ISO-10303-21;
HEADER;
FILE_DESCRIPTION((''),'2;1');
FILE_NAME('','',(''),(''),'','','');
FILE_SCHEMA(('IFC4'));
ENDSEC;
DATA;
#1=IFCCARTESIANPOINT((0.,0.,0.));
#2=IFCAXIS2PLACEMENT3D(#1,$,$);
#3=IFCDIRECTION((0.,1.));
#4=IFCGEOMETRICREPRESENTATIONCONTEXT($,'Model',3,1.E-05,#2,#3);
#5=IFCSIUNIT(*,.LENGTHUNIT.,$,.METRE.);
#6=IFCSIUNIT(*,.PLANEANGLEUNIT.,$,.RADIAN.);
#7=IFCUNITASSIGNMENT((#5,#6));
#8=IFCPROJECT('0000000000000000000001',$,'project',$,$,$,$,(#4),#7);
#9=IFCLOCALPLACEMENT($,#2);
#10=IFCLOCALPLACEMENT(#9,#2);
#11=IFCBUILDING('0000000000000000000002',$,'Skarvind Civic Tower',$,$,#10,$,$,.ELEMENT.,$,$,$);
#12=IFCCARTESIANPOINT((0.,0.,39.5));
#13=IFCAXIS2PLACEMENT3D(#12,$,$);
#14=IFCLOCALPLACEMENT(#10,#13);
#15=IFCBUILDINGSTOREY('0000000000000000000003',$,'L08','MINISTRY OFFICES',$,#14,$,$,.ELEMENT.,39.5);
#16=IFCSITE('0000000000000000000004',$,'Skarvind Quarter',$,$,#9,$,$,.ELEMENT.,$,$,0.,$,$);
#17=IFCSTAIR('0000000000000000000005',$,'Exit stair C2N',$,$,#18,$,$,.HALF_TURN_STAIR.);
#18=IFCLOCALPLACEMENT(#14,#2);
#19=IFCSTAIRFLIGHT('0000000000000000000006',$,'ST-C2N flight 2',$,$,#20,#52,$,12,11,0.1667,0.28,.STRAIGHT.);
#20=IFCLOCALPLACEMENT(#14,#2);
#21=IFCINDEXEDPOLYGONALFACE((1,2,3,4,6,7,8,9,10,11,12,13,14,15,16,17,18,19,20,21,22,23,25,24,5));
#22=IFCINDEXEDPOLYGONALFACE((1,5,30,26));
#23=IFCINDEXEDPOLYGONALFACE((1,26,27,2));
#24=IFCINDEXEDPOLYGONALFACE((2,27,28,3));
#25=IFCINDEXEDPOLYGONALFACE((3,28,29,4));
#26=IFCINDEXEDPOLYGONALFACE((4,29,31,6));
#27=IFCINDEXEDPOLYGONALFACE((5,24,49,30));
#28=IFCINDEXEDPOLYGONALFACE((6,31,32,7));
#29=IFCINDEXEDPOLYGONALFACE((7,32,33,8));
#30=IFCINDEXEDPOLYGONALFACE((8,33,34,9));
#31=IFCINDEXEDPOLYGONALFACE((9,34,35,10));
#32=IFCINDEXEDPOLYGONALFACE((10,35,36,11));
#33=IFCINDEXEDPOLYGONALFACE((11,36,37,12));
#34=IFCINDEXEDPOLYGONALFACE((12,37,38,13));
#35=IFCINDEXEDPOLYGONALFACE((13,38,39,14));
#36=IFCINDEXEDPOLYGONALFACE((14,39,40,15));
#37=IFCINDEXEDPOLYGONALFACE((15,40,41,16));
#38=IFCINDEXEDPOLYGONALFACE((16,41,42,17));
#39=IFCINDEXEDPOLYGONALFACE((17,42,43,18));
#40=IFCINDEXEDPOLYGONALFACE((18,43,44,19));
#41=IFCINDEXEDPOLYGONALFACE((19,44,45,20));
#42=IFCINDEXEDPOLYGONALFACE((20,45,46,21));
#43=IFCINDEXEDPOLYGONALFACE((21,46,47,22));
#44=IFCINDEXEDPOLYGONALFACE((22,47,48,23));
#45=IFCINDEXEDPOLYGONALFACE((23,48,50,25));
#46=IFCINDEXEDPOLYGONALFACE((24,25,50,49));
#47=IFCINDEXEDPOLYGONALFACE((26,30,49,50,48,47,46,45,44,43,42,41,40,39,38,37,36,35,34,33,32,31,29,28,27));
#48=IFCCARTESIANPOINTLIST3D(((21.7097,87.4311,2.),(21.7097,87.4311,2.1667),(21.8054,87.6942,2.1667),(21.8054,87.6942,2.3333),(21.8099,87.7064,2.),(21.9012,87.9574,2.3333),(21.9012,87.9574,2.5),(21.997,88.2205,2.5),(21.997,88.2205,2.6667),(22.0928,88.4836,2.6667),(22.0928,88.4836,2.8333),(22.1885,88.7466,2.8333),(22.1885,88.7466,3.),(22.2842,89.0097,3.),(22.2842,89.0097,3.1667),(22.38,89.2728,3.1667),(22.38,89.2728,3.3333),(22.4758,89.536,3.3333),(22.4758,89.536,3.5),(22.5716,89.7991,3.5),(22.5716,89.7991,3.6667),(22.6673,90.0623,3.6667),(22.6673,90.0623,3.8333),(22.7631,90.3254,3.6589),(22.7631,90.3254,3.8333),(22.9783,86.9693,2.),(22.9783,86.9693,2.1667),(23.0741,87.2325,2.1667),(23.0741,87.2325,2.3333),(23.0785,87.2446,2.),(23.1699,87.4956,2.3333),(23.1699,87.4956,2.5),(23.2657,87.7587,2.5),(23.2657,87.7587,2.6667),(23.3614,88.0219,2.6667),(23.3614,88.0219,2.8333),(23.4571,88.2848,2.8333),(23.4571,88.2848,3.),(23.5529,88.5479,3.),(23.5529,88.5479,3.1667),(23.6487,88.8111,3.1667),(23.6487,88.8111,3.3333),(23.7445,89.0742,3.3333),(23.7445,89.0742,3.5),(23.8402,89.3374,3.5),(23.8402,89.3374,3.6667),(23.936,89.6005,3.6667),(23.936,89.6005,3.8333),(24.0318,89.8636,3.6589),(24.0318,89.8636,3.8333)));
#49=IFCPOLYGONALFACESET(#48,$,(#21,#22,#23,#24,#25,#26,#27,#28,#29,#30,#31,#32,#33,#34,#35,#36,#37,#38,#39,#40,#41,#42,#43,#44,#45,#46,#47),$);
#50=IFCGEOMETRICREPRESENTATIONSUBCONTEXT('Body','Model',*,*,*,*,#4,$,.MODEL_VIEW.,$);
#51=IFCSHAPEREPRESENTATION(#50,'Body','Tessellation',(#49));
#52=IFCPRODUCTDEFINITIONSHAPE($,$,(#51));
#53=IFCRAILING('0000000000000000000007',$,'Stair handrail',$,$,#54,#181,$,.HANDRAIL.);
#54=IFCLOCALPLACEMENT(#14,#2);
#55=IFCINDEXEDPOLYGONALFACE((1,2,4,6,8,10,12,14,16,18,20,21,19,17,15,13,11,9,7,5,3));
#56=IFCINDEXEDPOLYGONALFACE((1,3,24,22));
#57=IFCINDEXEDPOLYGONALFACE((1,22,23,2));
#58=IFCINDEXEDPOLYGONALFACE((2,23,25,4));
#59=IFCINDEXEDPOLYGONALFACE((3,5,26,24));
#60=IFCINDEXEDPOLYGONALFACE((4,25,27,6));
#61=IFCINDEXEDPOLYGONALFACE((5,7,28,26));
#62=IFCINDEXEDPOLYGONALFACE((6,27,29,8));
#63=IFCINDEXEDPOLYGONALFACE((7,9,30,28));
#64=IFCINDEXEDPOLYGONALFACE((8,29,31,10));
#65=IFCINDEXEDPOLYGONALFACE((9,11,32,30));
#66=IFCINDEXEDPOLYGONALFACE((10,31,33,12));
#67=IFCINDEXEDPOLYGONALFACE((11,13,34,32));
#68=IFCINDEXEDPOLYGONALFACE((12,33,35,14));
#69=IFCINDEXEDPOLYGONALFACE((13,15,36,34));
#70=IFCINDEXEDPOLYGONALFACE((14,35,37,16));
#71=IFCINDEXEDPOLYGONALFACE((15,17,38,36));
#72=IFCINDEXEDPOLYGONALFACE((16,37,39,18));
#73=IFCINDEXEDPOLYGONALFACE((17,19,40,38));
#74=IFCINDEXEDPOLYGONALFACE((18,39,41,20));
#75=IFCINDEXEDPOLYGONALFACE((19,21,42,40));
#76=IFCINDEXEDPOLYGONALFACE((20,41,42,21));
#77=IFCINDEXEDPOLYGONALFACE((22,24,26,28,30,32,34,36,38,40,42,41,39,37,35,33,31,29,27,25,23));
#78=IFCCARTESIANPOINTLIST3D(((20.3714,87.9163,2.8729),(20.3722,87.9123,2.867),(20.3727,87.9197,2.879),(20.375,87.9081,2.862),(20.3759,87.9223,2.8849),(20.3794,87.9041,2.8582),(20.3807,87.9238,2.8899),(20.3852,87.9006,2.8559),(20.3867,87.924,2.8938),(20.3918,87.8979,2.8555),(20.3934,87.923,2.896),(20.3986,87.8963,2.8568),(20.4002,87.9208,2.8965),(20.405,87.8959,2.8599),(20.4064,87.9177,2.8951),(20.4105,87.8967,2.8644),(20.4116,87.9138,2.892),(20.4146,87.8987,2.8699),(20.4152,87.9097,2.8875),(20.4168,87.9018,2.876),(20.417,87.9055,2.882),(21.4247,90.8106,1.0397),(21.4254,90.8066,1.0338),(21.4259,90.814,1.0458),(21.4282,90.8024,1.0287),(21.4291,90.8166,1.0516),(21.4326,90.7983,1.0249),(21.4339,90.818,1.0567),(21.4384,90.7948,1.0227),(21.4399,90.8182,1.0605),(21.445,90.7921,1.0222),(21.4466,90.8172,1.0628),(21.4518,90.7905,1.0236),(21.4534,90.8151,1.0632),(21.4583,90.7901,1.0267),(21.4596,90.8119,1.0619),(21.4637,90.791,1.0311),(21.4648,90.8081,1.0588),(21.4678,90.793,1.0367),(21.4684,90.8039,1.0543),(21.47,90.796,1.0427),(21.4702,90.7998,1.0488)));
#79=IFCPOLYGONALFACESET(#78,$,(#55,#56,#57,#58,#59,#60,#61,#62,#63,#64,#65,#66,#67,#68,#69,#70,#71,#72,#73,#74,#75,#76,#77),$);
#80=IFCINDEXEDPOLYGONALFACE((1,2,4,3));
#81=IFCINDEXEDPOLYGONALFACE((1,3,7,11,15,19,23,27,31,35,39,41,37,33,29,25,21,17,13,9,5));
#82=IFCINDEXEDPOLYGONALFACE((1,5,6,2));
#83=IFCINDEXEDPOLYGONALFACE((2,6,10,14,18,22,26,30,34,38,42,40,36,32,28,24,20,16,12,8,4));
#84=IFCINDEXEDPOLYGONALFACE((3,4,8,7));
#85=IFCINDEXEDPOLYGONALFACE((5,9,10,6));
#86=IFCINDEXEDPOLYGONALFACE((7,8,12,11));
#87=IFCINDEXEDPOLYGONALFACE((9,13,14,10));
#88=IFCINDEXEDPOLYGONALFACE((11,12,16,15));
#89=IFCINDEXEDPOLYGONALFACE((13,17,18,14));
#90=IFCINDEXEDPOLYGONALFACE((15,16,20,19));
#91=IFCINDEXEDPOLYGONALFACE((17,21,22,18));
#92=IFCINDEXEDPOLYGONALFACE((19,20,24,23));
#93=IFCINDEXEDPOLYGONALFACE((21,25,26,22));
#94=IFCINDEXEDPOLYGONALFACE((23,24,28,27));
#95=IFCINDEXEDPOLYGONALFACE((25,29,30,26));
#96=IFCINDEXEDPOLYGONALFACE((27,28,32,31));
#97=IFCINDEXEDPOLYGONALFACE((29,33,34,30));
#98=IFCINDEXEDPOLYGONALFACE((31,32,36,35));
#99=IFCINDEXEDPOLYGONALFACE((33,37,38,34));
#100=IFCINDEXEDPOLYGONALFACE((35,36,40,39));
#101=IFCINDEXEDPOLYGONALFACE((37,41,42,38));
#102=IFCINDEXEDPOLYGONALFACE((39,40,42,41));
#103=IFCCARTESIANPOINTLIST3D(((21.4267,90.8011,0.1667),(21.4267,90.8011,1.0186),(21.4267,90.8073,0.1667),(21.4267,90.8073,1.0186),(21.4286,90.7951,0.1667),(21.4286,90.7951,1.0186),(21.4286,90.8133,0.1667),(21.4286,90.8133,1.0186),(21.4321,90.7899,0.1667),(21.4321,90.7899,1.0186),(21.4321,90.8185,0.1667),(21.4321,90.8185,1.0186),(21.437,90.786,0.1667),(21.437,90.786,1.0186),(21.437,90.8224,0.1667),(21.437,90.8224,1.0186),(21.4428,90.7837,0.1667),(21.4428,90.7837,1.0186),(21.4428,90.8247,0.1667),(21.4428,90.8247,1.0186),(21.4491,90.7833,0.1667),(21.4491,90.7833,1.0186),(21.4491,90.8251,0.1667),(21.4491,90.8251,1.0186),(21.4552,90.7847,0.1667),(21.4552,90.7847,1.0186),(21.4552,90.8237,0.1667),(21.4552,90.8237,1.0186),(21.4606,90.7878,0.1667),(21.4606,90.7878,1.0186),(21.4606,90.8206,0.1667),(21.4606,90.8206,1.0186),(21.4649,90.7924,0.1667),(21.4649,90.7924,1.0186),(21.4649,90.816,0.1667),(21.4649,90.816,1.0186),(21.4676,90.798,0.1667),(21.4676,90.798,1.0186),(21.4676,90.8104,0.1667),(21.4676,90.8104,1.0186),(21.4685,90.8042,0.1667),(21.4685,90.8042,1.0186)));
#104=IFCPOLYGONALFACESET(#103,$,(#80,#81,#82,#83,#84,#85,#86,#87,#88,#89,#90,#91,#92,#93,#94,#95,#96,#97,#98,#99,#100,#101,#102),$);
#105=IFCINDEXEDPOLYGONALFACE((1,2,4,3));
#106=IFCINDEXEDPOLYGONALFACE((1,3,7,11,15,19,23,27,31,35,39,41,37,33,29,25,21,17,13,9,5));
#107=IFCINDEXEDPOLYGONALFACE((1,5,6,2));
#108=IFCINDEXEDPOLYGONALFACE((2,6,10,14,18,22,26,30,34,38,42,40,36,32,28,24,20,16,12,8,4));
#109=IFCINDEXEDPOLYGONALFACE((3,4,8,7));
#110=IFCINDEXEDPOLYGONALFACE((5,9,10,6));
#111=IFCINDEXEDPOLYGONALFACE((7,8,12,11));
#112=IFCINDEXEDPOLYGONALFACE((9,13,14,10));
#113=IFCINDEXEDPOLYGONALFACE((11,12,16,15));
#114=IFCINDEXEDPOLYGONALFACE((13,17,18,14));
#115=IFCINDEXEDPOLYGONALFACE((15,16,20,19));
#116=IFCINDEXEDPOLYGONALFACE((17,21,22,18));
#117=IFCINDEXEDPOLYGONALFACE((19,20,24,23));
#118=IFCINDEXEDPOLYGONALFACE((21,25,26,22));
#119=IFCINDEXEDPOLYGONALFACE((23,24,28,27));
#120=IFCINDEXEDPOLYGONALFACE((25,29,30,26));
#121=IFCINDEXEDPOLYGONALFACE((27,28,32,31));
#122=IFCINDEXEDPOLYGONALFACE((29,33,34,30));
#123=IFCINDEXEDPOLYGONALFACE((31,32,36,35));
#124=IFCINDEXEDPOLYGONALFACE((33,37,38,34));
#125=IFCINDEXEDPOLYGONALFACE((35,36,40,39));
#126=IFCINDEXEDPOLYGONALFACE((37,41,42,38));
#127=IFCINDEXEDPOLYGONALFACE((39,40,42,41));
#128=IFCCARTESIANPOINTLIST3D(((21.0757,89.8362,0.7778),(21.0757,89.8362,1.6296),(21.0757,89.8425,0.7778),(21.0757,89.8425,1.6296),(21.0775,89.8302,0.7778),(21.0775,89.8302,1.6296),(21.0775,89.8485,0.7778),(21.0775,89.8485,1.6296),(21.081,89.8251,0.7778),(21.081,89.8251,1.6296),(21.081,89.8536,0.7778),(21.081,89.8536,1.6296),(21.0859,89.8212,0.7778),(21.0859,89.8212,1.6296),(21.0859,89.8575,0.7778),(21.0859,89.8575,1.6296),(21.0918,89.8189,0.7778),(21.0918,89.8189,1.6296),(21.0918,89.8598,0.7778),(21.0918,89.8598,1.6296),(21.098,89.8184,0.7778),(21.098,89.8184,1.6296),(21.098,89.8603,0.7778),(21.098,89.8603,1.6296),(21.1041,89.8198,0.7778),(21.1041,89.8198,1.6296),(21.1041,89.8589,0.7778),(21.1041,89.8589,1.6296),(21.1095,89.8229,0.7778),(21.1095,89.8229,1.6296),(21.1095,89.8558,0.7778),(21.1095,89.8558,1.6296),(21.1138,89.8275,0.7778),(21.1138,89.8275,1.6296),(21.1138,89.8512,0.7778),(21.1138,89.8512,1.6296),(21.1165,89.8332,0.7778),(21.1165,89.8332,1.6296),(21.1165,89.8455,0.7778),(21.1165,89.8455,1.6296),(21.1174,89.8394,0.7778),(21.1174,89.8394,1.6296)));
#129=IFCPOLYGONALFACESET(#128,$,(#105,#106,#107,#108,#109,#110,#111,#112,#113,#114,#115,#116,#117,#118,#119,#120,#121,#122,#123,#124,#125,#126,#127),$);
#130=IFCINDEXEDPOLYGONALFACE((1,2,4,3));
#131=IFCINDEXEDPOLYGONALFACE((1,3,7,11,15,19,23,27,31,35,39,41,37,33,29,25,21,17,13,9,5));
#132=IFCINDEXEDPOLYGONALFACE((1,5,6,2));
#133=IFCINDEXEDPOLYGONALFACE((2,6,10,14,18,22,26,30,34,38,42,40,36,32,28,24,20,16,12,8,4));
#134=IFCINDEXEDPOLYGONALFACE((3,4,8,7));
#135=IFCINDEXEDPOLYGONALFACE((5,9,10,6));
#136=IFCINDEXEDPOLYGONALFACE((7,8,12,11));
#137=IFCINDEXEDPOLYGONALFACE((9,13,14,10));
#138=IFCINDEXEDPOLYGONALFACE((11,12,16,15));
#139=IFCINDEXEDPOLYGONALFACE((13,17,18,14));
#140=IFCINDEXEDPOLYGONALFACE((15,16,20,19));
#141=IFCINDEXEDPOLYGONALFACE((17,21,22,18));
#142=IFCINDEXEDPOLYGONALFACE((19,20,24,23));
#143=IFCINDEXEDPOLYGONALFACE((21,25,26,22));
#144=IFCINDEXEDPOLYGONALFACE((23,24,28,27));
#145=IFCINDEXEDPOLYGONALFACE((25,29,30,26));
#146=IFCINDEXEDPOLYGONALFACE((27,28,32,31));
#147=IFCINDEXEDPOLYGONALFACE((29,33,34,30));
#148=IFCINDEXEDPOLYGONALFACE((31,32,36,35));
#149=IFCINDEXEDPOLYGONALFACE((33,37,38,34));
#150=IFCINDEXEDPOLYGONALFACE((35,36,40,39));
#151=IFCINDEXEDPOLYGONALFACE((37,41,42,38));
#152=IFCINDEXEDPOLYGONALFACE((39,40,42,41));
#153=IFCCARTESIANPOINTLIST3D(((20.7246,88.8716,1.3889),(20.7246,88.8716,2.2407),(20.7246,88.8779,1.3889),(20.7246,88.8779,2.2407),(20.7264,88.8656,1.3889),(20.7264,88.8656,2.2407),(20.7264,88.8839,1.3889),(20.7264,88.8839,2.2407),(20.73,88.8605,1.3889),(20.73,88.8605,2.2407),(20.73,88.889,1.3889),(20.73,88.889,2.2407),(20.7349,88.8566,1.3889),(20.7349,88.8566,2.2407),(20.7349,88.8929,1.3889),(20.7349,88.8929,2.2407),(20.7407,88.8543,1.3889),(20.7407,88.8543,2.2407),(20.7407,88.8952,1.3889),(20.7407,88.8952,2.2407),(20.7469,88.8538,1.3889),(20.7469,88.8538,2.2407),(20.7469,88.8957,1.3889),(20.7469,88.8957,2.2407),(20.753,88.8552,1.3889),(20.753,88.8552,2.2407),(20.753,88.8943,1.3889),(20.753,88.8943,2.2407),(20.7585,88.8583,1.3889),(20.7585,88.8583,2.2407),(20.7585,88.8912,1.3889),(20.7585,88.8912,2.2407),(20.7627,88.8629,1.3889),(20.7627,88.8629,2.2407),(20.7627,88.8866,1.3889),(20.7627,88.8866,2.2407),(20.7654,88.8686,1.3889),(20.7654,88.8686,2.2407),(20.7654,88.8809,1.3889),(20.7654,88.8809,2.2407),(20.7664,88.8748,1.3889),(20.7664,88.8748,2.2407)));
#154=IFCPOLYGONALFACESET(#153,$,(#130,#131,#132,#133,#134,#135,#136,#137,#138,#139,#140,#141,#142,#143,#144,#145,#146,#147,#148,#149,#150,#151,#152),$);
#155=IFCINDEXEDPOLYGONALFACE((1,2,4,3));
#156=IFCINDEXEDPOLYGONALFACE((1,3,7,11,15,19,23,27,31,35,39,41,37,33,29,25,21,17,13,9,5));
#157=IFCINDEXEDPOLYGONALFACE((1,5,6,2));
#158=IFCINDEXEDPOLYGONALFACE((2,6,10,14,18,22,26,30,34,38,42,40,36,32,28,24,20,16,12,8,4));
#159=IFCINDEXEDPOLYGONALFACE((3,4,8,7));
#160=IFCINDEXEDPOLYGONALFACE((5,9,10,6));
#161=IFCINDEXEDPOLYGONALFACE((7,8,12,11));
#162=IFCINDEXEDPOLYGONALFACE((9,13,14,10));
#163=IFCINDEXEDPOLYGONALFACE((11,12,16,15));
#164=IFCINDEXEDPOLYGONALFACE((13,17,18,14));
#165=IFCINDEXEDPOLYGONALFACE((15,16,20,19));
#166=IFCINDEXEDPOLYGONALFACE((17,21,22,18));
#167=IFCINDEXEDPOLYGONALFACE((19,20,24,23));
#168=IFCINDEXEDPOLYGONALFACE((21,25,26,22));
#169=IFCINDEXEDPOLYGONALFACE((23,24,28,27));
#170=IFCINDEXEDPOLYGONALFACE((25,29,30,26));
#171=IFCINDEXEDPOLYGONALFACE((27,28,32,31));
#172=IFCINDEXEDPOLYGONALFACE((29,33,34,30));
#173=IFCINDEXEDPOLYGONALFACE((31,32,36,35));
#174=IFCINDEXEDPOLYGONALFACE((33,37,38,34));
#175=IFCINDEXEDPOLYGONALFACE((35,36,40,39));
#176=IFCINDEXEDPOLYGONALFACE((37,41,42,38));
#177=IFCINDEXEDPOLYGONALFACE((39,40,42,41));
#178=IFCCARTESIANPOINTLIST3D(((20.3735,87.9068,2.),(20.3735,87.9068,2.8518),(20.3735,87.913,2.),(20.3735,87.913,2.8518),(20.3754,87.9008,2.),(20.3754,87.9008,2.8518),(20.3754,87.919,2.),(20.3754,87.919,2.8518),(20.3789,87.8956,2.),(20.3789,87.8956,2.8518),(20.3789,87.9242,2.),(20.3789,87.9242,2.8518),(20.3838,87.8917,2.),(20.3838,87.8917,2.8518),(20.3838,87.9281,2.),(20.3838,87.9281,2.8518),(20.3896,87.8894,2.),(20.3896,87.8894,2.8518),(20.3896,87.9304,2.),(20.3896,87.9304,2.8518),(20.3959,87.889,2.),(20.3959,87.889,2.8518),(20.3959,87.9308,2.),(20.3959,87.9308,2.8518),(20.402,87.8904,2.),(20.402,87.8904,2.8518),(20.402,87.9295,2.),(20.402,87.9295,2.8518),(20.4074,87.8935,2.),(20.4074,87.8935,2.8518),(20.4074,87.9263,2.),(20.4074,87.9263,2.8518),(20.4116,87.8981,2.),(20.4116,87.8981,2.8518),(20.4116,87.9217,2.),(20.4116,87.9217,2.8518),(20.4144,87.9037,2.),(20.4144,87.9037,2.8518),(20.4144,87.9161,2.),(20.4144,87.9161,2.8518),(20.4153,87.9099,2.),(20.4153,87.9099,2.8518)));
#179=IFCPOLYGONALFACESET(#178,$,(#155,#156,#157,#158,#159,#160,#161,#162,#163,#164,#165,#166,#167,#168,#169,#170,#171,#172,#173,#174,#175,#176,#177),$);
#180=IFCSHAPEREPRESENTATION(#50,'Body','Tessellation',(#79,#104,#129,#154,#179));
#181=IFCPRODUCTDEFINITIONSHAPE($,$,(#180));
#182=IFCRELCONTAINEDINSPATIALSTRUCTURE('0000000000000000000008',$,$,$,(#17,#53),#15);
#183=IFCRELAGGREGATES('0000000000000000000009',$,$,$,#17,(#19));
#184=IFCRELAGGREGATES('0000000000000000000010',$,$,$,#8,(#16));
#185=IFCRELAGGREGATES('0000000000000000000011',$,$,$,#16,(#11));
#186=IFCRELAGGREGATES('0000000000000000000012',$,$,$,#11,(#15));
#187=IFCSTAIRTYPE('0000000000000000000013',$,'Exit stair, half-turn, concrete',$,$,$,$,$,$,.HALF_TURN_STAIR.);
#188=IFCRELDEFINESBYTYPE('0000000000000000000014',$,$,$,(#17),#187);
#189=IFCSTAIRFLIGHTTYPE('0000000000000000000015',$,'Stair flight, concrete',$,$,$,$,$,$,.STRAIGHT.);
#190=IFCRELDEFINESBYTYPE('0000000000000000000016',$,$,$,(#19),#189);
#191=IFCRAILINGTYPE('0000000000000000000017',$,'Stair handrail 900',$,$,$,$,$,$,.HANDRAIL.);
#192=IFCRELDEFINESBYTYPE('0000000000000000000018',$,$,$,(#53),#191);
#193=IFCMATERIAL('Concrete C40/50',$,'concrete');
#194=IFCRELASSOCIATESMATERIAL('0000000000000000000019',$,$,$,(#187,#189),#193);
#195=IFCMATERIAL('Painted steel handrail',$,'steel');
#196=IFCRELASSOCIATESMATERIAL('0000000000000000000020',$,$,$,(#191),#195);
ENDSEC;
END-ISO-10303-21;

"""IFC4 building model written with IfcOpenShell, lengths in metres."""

from ifc_helpers import new_model, si_unit, direction, frame, origin, origin_2d, place, context, subcontext, project, spatial, polyline, circle, outline, extrude, material, type_object, element, aggregate, save


model = new_model("IFC4")

# Units and contexts
model_context = context("Model", 3, precision=1e-05, world=origin(), true_north=direction((0.0, 1.0)))
body_context = subcontext(model_context, "Body", "Model", "MODEL_VIEW")
ifc_project = project(units=[si_unit("LENGTHUNIT", "METRE"), si_unit("PLANEANGLEUNIT", "RADIAN")], contexts=[model_context])

# Site, building, storey
site_placement = place(None, origin())
site = spatial("IfcSite", under=ifc_project, at=site_placement, Name="Skarvind Quarter", CompositionType="ELEMENT", RefElevation=0.0)
building_placement = place(site_placement, origin())
building = spatial("IfcBuilding", under=site, at=building_placement, Name="Skarvind Civic Tower", CompositionType="ELEMENT")
storey_placement = place(building_placement, frame((0.0, 0.0, 39.5)))
storey = spatial("IfcBuildingStorey", under=building, at=storey_placement, Name="L08", Description="MINISTRY OFFICES", CompositionType="ELEMENT", Elevation=39.5)

# Stair, stair flight
ifc_material_1 = material(Name="Concrete C40/50", Category="concrete")
stair_type = type_object("IfcStairType", Name="Exit stair, half-turn, concrete", PredefinedType="HALF_TURN_STAIR", material=ifc_material_1)
stair_placement = place(storey_placement, origin())
stair = element("IfcStair", 1, at=stair_placement, inside=storey, type_object=stair_type, Name="Exit stair C2N", PredefinedType="HALF_TURN_STAIR")
stair_flight_type = type_object("IfcStairFlightType", Name="Stair flight, concrete", PredefinedType="STRAIGHT", material=ifc_material_1)
stair_flight_1_placement = place(storey_placement, frame((22.344, 87.2002, 2.0), z_axis=(0.0, 0.0, 1.0), x_axis=(0.34202, 0.939693, 0.0)))
stair_flight_1 = element("IfcStairFlight", 2, at=stair_flight_1_placement, type_object=stair_flight_type, Name="ST-C2N flight 2", NumberOfRisers=12, NumberOfTreads=11, PredefinedType="STRAIGHT", RiserHeight=0.1667, TreadLength=0.28, context=body_context, shape_type="SweptSolid", body=[
    extrude(outline(polyline([(0.0, 0.0), (0.0, 0.1667), (0.28, 0.1667), (0.28, 0.3333), (0.5601, 0.3333), (0.5601, 0.5), (0.8401, 0.5), (0.8401, 0.6667), (1.1201, 0.6667), (1.1201, 0.8333), (1.3999, 0.8333), (1.3999, 1.0), (1.6799, 1.0), (1.6799, 1.1667), (1.96, 1.1667), (1.96, 1.3333), (2.24, 1.3333), (2.24, 1.5), (2.52, 1.5), (2.52, 1.6667), (2.8, 1.6667), (2.8, 1.8333), (3.0801, 1.8333), (3.0801, 2.0), (3.0801, 1.6589), (0.293, 0.0), (0.0, 0.0)])), frame((0.0, 0.675, 0.0), z_axis=(0.0, -1.0, 0.0), x_axis=(1.0, 0.0, 0.0)), (0.0, 0.0, 1.0), 1.3501),
])
aggregate(stair, [stair_flight_1])

# Railing
ifc_material_2 = material(Name="Painted steel handrail", Category="steel")
railing_type = type_object("IfcRailingType", Name="Stair handrail 900", PredefinedType="HANDRAIL", material=ifc_material_2)
railing_1_placement = place(storey_placement, frame((21.4475, 90.8042, 0.1667)))
element("IfcRailing", 3, at=railing_1_placement, inside=storey, type_object=railing_type, Name="Stair handrail", PredefinedType="HANDRAIL", context=body_context, shape_type="SweptSolid", body=[
    extrude(circle(Radius=0.0239, at=origin_2d()), frame((0.0, 0.0, 0.876), z_axis=(-0.293846, -0.807497, 0.511472), x_axis=(0.939715, -0.341959, 0.0)), (0.0, 0.0, 1.0), 3.5842),
    extrude(circle(Radius=0.021, at=origin_2d()), origin(), (0.0, 0.0, 1.0), 0.8518),
    extrude(circle(Radius=0.021, at=origin_2d()), frame((-0.3511, -0.9648, 0.6111)), (0.0, 0.0, 1.0), 0.8518),
    extrude(circle(Radius=0.021, at=origin_2d()), frame((-0.7021, -1.9294, 1.2222)), (0.0, 0.0, 1.0), 0.8518),
    extrude(circle(Radius=0.021, at=origin_2d()), frame((-1.0532, -2.8943, 1.8333)), (0.0, 0.0, 1.0), 0.8518),
])

save(model, "model.ifc")
